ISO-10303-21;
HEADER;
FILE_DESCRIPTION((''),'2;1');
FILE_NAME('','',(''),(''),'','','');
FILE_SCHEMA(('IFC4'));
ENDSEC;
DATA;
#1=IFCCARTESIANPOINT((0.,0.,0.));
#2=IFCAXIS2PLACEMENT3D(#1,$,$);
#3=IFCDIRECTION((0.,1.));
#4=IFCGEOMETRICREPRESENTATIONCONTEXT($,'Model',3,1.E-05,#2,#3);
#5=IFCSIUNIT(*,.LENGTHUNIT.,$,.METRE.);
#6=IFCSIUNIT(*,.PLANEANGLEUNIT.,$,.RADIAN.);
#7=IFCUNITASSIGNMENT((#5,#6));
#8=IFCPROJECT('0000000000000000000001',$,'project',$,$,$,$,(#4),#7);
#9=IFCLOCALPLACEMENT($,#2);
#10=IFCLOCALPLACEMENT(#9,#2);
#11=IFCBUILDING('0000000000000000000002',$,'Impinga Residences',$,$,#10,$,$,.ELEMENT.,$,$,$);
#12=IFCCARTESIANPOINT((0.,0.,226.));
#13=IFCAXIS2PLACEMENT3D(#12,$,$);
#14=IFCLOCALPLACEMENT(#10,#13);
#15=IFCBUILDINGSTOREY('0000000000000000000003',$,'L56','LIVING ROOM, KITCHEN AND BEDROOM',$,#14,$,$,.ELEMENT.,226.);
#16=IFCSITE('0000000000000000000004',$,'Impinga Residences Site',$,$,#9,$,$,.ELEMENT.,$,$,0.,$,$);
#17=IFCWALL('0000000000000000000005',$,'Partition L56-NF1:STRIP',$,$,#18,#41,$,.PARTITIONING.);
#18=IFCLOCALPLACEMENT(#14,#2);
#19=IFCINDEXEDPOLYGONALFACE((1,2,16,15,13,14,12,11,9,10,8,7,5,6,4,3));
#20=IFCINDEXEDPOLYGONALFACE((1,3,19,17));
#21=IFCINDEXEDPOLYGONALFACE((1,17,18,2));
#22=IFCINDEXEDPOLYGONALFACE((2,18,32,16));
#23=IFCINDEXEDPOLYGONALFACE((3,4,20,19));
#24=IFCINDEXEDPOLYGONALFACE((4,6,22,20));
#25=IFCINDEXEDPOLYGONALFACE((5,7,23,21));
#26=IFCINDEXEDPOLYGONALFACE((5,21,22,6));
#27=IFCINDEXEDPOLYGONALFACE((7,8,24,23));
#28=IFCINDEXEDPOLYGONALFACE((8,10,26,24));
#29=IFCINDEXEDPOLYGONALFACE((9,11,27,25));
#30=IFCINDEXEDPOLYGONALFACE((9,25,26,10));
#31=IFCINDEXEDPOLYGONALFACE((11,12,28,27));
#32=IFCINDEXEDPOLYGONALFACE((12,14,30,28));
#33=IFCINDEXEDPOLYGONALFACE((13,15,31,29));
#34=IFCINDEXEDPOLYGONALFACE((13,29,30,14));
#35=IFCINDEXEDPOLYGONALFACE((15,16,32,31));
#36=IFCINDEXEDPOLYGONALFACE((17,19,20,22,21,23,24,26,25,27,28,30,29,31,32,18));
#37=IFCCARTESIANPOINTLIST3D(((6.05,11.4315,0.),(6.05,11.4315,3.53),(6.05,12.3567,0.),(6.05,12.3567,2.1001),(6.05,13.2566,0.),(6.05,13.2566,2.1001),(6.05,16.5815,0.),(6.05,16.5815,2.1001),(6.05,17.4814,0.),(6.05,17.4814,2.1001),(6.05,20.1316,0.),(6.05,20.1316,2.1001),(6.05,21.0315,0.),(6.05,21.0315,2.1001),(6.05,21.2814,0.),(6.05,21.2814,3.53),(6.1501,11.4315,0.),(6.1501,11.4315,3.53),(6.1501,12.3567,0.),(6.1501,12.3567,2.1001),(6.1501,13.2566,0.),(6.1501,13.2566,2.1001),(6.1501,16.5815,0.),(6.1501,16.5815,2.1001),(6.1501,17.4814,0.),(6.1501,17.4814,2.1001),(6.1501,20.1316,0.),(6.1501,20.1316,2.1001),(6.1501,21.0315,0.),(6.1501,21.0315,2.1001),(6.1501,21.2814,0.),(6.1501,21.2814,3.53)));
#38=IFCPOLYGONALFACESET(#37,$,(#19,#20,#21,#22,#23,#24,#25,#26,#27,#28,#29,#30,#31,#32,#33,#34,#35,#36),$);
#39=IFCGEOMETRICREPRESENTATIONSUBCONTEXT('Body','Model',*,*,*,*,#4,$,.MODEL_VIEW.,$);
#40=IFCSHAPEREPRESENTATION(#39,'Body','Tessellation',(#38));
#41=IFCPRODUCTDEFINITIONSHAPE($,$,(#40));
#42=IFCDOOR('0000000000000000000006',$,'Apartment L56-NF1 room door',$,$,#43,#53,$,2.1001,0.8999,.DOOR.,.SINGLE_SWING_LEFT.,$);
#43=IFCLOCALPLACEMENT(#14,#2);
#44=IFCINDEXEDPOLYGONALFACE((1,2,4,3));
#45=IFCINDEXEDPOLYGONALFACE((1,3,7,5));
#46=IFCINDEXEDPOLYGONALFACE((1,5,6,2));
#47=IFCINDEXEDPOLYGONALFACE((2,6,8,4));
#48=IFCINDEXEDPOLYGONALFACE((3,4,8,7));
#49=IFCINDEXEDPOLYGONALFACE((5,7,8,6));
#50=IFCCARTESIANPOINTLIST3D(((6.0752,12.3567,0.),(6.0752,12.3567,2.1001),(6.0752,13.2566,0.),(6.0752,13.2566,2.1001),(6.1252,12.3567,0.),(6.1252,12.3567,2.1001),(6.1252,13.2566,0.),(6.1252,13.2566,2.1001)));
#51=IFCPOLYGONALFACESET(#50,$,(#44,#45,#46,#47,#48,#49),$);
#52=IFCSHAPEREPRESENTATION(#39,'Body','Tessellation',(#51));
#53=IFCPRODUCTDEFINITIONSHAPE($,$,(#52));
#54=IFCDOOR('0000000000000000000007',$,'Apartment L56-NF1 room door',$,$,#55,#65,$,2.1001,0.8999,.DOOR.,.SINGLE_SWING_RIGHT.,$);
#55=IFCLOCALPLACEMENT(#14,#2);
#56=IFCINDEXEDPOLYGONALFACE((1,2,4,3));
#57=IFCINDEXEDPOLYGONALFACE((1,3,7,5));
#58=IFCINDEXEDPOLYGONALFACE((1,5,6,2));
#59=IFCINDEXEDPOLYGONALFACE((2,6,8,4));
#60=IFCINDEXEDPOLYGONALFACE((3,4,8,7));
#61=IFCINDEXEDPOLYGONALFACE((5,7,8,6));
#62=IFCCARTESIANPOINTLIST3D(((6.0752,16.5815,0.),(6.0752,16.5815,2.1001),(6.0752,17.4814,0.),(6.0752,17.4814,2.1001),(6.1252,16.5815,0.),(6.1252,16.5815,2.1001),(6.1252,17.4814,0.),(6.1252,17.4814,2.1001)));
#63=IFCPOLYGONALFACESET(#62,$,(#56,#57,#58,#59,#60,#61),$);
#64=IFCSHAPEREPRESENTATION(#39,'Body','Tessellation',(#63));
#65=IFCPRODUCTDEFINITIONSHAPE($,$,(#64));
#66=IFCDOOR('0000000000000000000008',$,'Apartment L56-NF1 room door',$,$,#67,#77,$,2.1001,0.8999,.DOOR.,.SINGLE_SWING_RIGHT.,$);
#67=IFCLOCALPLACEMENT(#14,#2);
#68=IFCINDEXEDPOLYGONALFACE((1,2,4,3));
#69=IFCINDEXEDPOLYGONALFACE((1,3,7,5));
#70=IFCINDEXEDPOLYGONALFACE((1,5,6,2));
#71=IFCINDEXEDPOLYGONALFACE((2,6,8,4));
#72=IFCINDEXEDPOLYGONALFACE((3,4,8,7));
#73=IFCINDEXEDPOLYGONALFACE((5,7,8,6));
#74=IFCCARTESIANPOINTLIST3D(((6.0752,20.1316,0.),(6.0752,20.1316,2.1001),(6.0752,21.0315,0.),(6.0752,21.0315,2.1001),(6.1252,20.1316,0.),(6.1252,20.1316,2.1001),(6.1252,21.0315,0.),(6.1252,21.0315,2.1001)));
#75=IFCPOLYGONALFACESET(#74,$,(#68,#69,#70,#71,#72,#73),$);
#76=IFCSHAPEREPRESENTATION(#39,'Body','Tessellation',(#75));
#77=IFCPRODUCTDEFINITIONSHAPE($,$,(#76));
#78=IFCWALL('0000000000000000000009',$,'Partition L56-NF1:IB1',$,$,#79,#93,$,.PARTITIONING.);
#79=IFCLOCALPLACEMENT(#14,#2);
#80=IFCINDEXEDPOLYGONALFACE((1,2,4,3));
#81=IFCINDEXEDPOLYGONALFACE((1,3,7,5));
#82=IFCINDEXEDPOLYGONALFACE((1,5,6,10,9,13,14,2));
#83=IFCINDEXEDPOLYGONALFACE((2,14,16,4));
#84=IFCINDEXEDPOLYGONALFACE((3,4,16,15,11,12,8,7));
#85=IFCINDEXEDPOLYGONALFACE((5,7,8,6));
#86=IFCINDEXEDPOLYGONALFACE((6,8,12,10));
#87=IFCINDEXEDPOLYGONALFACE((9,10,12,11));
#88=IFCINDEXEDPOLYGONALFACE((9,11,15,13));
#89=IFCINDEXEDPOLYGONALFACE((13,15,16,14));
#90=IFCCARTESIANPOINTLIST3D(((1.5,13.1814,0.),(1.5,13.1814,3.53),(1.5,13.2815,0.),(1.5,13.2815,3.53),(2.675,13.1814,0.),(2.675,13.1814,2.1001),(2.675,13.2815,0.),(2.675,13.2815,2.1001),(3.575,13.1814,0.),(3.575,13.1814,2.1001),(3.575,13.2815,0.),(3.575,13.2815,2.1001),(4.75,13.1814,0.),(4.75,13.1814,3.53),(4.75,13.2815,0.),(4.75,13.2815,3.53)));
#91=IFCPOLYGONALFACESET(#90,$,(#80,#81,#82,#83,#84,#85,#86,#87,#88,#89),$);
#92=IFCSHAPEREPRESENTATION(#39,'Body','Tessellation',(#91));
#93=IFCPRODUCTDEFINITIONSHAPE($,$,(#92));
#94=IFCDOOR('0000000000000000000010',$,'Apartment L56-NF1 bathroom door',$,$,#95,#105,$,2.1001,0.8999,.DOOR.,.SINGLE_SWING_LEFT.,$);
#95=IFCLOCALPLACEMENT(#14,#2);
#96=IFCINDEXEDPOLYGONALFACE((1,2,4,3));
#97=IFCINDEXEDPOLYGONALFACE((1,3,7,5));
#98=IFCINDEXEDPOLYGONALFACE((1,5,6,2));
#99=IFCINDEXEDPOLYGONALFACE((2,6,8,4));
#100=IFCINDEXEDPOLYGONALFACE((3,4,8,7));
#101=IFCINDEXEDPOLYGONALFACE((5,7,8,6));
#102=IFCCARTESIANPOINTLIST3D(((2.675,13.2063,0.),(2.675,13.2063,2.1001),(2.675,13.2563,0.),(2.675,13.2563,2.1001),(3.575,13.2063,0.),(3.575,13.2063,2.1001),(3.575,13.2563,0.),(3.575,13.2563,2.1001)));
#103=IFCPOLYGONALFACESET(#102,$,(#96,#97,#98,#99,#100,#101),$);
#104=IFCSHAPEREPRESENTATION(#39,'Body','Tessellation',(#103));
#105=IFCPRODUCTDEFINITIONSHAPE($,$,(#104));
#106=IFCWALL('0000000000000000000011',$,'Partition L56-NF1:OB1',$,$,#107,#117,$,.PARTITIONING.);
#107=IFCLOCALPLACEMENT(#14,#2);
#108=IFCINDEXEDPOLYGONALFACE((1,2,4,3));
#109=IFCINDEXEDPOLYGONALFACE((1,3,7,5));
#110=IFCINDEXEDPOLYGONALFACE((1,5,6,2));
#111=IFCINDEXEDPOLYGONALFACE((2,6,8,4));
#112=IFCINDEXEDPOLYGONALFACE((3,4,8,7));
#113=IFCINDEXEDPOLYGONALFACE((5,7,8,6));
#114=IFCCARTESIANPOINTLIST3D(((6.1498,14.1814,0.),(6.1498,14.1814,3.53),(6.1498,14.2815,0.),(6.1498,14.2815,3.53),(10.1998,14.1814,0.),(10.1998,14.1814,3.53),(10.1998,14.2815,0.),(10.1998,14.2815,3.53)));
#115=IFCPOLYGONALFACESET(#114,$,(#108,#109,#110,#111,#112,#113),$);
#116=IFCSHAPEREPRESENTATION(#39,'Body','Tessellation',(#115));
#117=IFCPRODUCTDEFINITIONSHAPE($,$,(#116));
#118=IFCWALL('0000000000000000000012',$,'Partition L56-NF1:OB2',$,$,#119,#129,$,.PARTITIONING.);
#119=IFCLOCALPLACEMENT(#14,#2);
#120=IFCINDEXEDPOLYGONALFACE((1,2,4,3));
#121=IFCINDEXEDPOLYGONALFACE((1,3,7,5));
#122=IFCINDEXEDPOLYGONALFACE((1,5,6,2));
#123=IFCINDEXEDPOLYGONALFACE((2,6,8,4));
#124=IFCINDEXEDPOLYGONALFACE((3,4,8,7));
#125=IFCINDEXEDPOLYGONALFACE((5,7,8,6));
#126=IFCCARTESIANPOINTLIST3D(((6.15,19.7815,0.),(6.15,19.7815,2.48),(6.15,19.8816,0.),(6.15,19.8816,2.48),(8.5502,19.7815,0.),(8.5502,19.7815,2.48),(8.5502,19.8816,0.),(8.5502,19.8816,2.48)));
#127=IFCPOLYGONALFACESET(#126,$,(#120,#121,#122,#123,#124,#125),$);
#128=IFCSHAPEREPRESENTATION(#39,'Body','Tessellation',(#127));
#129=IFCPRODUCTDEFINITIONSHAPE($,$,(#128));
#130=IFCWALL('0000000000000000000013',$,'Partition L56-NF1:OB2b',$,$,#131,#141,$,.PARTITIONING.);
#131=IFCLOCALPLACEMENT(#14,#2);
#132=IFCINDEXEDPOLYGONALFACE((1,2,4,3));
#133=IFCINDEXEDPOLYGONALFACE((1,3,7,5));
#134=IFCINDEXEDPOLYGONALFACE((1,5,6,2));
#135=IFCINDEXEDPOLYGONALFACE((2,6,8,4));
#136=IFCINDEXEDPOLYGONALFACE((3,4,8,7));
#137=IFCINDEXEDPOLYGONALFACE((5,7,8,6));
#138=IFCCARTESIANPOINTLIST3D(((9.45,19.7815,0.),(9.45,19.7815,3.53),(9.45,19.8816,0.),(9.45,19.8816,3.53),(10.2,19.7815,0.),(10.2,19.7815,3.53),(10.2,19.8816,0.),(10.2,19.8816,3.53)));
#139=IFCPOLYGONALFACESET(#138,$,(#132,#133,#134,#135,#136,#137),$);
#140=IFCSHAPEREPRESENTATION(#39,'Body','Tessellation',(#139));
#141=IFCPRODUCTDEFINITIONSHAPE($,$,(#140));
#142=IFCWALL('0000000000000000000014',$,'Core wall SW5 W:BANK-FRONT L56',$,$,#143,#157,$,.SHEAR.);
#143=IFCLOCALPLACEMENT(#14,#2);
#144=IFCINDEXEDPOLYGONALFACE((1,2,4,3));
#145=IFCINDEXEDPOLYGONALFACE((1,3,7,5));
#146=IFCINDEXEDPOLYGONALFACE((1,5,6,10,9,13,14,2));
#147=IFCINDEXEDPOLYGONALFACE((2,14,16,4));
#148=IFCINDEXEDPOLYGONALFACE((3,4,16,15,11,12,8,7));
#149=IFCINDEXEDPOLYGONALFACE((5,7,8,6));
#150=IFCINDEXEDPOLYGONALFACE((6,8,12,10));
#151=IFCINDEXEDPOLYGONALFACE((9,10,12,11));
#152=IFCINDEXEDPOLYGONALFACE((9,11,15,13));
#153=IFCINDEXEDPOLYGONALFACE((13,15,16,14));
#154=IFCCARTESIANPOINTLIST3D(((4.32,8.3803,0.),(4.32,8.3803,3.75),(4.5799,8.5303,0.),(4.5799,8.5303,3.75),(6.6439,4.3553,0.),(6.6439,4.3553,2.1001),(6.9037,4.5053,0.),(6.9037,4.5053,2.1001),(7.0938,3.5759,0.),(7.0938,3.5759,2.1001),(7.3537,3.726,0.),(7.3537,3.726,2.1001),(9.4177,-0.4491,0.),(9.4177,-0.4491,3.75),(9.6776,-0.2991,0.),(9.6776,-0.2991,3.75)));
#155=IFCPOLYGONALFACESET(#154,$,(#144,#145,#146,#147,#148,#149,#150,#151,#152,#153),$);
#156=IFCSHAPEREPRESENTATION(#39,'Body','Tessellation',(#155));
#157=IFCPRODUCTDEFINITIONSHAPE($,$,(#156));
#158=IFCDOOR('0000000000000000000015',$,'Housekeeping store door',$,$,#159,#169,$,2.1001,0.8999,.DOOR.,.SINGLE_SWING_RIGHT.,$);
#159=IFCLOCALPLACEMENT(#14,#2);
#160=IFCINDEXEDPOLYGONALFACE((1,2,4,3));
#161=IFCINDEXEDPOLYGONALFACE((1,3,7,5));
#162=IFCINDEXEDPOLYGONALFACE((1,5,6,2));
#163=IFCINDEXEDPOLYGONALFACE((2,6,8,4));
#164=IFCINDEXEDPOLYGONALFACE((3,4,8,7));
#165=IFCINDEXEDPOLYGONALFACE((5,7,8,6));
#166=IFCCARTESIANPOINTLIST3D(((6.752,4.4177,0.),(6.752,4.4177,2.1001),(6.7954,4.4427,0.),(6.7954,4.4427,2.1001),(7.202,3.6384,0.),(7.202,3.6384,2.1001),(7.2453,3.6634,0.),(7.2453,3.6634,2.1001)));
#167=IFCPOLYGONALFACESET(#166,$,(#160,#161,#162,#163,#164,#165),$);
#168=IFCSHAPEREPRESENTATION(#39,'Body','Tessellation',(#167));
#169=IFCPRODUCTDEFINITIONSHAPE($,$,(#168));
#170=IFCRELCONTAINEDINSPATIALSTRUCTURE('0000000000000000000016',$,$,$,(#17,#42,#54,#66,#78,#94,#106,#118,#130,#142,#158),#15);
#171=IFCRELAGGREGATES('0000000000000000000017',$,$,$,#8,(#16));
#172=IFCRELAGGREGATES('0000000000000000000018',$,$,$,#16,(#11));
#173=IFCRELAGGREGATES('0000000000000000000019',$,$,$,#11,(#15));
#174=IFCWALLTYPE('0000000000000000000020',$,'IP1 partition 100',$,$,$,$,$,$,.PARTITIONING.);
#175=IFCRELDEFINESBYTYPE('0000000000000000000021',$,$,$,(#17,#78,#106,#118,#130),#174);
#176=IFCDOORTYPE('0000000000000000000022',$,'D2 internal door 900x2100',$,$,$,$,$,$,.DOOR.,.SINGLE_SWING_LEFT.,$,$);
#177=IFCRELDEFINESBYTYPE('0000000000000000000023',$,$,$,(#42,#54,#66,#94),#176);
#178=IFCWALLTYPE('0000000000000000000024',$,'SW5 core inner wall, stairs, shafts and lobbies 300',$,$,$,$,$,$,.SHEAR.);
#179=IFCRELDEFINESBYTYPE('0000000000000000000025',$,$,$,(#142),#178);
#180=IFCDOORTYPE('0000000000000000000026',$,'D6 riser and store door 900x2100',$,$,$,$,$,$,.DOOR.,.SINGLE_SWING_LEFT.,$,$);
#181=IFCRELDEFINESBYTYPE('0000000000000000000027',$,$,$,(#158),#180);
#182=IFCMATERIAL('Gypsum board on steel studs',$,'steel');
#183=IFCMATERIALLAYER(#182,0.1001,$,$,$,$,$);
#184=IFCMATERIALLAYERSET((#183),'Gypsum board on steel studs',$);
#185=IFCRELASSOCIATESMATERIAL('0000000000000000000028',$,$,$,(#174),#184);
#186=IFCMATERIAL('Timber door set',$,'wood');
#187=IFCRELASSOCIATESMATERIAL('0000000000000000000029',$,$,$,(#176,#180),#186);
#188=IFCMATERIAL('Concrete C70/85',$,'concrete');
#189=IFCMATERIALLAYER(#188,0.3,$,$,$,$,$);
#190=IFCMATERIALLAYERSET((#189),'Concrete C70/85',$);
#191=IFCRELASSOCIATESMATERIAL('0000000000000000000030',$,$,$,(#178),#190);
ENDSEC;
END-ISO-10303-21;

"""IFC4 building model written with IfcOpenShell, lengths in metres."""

from ifc_helpers import new_model, si_unit, direction, frame, frame_2d, origin, place, context, subcontext, project, spatial, rectangle, extrude, material, layer, layer_set, type_object, element, fill, save


model = new_model("IFC4")

# Units and contexts
model_context = context("Model", 3, precision=1e-05, world=origin(), true_north=direction((0.0, 1.0)))
body_context = subcontext(model_context, "Body", "Model", "MODEL_VIEW")
ifc_project = project(units=[si_unit("LENGTHUNIT", "METRE"), si_unit("PLANEANGLEUNIT", "RADIAN")], contexts=[model_context])

# Site, building, storey
site_placement = place(None, origin())
site = spatial("IfcSite", under=ifc_project, at=site_placement, Name="Impinga Residences Site", CompositionType="ELEMENT", RefElevation=0.0)
building_placement = place(site_placement, origin())
building = spatial("IfcBuilding", under=site, at=building_placement, Name="Impinga Residences", CompositionType="ELEMENT")
storey_placement = place(building_placement, frame((0.0, 0.0, 226.0)))
storey = spatial("IfcBuildingStorey", under=building, at=storey_placement, Name="L56", Description="LIVING ROOM, KITCHEN AND BEDROOM", CompositionType="ELEMENT", Elevation=226.0)

# Shared definitions
ifc_material_1 = material(Name="Timber door set", Category="wood")

# Shared definitions
ifc_material_2 = material(Name="Gypsum board on steel studs", Category="steel")
ifc_layer_1 = layer(ifc_material_2, 0.1001)
ifc_layer_set_1 = layer_set([ifc_layer_1], Name="Gypsum board on steel studs")
wall_type_1 = type_object("IfcWallType", Name="IP1 partition 100", PredefinedType="PARTITIONING", material=ifc_layer_set_1)

# Wall, openings, doors
wall_1_placement = place(storey_placement, frame((6.1001, 11.4316, 0.0), z_axis=(0.0, 0.0, 1.0), x_axis=(0.0, 1.0, 0.0)))
wall_1 = element("IfcWall", 1, at=wall_1_placement, inside=storey, type_object=wall_type_1, Name="Partition L56-NF1:STRIP", PredefinedType="PARTITIONING", context=body_context, shape_type="SweptSolid", body=[
    extrude(rectangle(XDim=9.8499, YDim=0.1001, at=frame_2d((4.9248, 0.0))), origin(), (0.0, 0.0, 1.0), 3.53),
])
opening_1_placement = place(wall_1_placement, frame((0.925, 0.0, 0.0)))
opening_1 = element("IfcOpeningElement", 2, at=opening_1_placement, cuts=wall_1, PredefinedType="OPENING", context=body_context, shape_type="SweptSolid", body=[
    extrude(rectangle(XDim=0.8999, YDim=2.1001, at=frame_2d((0.45, 1.05))), frame((0.0, 0.0601, 0.0), z_axis=(0.0, -1.0, 0.0), x_axis=(1.0, 0.0, 0.0)), (0.0, 0.0, 1.0), 0.1201),
])
opening_2_placement = place(wall_1_placement, frame((5.1499, 0.0, 0.0)))
opening_2 = element("IfcOpeningElement", 3, at=opening_2_placement, cuts=wall_1, PredefinedType="OPENING", context=body_context, shape_type="SweptSolid", body=[
    extrude(rectangle(XDim=0.8999, YDim=2.1001, at=frame_2d((0.45, 1.05))), frame((0.0, 0.0601, 0.0), z_axis=(0.0, -1.0, 0.0), x_axis=(1.0, 0.0, 0.0)), (0.0, 0.0, 1.0), 0.1201),
])
opening_3_placement = place(wall_1_placement, frame((8.7, 0.0, 0.0)))
opening_3 = element("IfcOpeningElement", 4, at=opening_3_placement, cuts=wall_1, PredefinedType="OPENING", context=body_context, shape_type="SweptSolid", body=[
    extrude(rectangle(XDim=0.8999, YDim=2.1001, at=frame_2d((0.45, 1.05))), frame((0.0, 0.0601, 0.0), z_axis=(0.0, -1.0, 0.0), x_axis=(1.0, 0.0, 0.0)), (0.0, 0.0, 1.0), 0.1201),
])
door_type_1 = type_object("IfcDoorType", Name="D2 internal door 900x2100", OperationType="SINGLE_SWING_LEFT", PredefinedType="DOOR", material=ifc_material_1)
door_1_placement = place(opening_1_placement, origin())
door_1 = element("IfcDoor", 5, at=door_1_placement, inside=storey, type_object=door_type_1, Name="Apartment L56-NF1 room door", OperationType="SINGLE_SWING_LEFT", OverallHeight=2.1001, OverallWidth=0.8999, PredefinedType="DOOR", context=body_context, shape_type="SweptSolid", body=[
    extrude(rectangle(XDim=0.8999, YDim=2.1001, at=frame_2d((0.45, 1.05))), frame((0.0, 0.0249, 0.0), z_axis=(0.0, -1.0, 0.0), x_axis=(1.0, 0.0, 0.0)), (0.0, 0.0, 1.0), 0.05),
])
fill(opening_1, door_1)
door_2_placement = place(opening_2_placement, origin())
door_2 = element("IfcDoor", 6, at=door_2_placement, inside=storey, type_object=door_type_1, Name="Apartment L56-NF1 room door", OperationType="SINGLE_SWING_RIGHT", OverallHeight=2.1001, OverallWidth=0.8999, PredefinedType="DOOR", context=body_context, shape_type="SweptSolid", body=[
    extrude(rectangle(XDim=0.8999, YDim=2.1001, at=frame_2d((0.45, 1.05))), frame((0.0, 0.0249, 0.0), z_axis=(0.0, -1.0, 0.0), x_axis=(1.0, 0.0, 0.0)), (0.0, 0.0, 1.0), 0.05),
])
fill(opening_2, door_2)
door_3_placement = place(opening_3_placement, origin())
door_3 = element("IfcDoor", 7, at=door_3_placement, inside=storey, type_object=door_type_1, Name="Apartment L56-NF1 room door", OperationType="SINGLE_SWING_RIGHT", OverallHeight=2.1001, OverallWidth=0.8999, PredefinedType="DOOR", context=body_context, shape_type="SweptSolid", body=[
    extrude(rectangle(XDim=0.8999, YDim=2.1001, at=frame_2d((0.45, 1.05))), frame((0.0, 0.0249, 0.0), z_axis=(0.0, -1.0, 0.0), x_axis=(1.0, 0.0, 0.0)), (0.0, 0.0, 1.0), 0.05),
])
fill(opening_3, door_3)

# Wall, opening, door
wall_2_placement = place(storey_placement, frame((1.5, 13.2314, 0.0), z_axis=(0.0, 0.0, 1.0), x_axis=(1.0, 0.0, 0.0)))
wall_2 = element("IfcWall", 8, at=wall_2_placement, inside=storey, type_object=wall_type_1, Name="Partition L56-NF1:IB1", PredefinedType="PARTITIONING", context=body_context, shape_type="SweptSolid", body=[
    extrude(rectangle(XDim=3.25, YDim=0.1001, at=frame_2d((1.625, 0.0))), origin(), (0.0, 0.0, 1.0), 3.53),
])
opening_4_placement = place(wall_2_placement, frame((1.175, 0.0, 0.0)))
opening_4 = element("IfcOpeningElement", 9, at=opening_4_placement, cuts=wall_2, PredefinedType="OPENING", context=body_context, shape_type="SweptSolid", body=[
    extrude(rectangle(XDim=0.8999, YDim=2.1001, at=frame_2d((0.45, 1.05))), frame((0.0, 0.0601, 0.0), z_axis=(0.0, -1.0, 0.0), x_axis=(1.0, 0.0, 0.0)), (0.0, 0.0, 1.0), 0.1201),
])
door_4_placement = place(opening_4_placement, origin())
door_4 = element("IfcDoor", 10, at=door_4_placement, inside=storey, type_object=door_type_1, Name="Apartment L56-NF1 bathroom door", OperationType="SINGLE_SWING_LEFT", OverallHeight=2.1001, OverallWidth=0.8999, PredefinedType="DOOR", context=body_context, shape_type="SweptSolid", body=[
    extrude(rectangle(XDim=0.8999, YDim=2.1001, at=frame_2d((0.45, 1.05))), frame((0.0, 0.0249, 0.0), z_axis=(0.0, -1.0, 0.0), x_axis=(1.0, 0.0, 0.0)), (0.0, 0.0, 1.0), 0.05),
])
fill(opening_4, door_4)

# Walls
wall_3_placement = place(storey_placement, frame((6.1499, 14.2314, 0.0), z_axis=(0.0, 0.0, 1.0), x_axis=(1.0, 0.0, 0.0)))
element("IfcWall", 11, at=wall_3_placement, inside=storey, type_object=wall_type_1, Name="Partition L56-NF1:OB1", PredefinedType="PARTITIONING", context=body_context, shape_type="SweptSolid", body=[
    extrude(rectangle(XDim=4.05, YDim=0.1001, at=frame_2d((2.0249, 0.0))), origin(), (0.0, 0.0, 1.0), 3.53),
])
wall_4_placement = place(storey_placement, frame((6.1499, 19.8315, 0.0), z_axis=(0.0, 0.0, 1.0), x_axis=(1.0, 0.0, 0.0)))
element("IfcWall", 12, at=wall_4_placement, inside=storey, type_object=wall_type_1, Name="Partition L56-NF1:OB2", PredefinedType="PARTITIONING", context=body_context, shape_type="SweptSolid", body=[
    extrude(rectangle(XDim=2.4001, YDim=0.1001, at=frame_2d((1.2002, 0.0))), origin(), (0.0, 0.0, 1.0), 2.48),
])
wall_5_placement = place(storey_placement, frame((9.45, 19.8315, 0.0), z_axis=(0.0, 0.0, 1.0), x_axis=(1.0, 0.0, 0.0)))
element("IfcWall", 13, at=wall_5_placement, inside=storey, type_object=wall_type_1, Name="Partition L56-NF1:OB2b", PredefinedType="PARTITIONING", context=body_context, shape_type="SweptSolid", body=[
    extrude(rectangle(XDim=0.75, YDim=0.1001, at=frame_2d((0.375, 0.0))), origin(), (0.0, 0.0, 1.0), 3.53),
])

# Wall, opening, door
ifc_material_3 = material(Name="Concrete C70/85", Category="concrete")
ifc_layer_2 = layer(ifc_material_3, 0.3)
ifc_layer_set_2 = layer_set([ifc_layer_2], Name="Concrete C70/85")
wall_type_2 = type_object("IfcWallType", Name="SW5 core inner wall, stairs, shafts and lobbies 300", PredefinedType="SHEAR", material=ifc_layer_set_2)
wall_6_placement = place(storey_placement, frame((4.45, 8.4553, 0.0), z_axis=(0.0, 0.0, 1.0), x_axis=(0.500002, -0.866024, 0.0)))
wall_6 = element("IfcWall", 14, at=wall_6_placement, inside=storey, type_object=wall_type_2, Name="Core wall SW5 W:BANK-FRONT L56", PredefinedType="SHEAR", context=body_context, shape_type="SweptSolid", body=[
    extrude(rectangle(XDim=10.1953, YDim=0.3, at=frame_2d((5.0977, 0.0))), origin(), (0.0, 0.0, 1.0), 3.75),
])
opening_5_placement = place(wall_6_placement, frame((4.6477, 0.0, 0.0)))
opening_5 = element("IfcOpeningElement", 15, at=opening_5_placement, cuts=wall_6, PredefinedType="OPENING", context=body_context, shape_type="SweptSolid", body=[
    extrude(rectangle(XDim=0.8999, YDim=2.1001, at=frame_2d((0.45, 1.05))), frame((0.0, 0.1599, 0.0), z_axis=(0.0, -1.0, 0.0), x_axis=(1.0, 0.0, 0.0)), (0.0, 0.0, 1.0), 0.3201),
])
door_type_2 = type_object("IfcDoorType", Name="D6 riser and store door 900x2100", OperationType="SINGLE_SWING_LEFT", PredefinedType="DOOR", material=ifc_material_1)
door_5_placement = place(opening_5_placement, origin())
door_5 = element("IfcDoor", 16, at=door_5_placement, inside=storey, type_object=door_type_2, Name="Housekeeping store door", OperationType="SINGLE_SWING_RIGHT", OverallHeight=2.1001, OverallWidth=0.8999, PredefinedType="DOOR", context=body_context, shape_type="SweptSolid", body=[
    extrude(rectangle(XDim=0.8999, YDim=2.1001, at=frame_2d((0.45, 1.05))), frame((0.0, 0.0249, 0.0), z_axis=(0.0, -1.0, 0.0), x_axis=(1.0, 0.0, 0.0)), (0.0, 0.0, 1.0), 0.05),
])
fill(opening_5, door_5)

save(model, "model.ifc")
